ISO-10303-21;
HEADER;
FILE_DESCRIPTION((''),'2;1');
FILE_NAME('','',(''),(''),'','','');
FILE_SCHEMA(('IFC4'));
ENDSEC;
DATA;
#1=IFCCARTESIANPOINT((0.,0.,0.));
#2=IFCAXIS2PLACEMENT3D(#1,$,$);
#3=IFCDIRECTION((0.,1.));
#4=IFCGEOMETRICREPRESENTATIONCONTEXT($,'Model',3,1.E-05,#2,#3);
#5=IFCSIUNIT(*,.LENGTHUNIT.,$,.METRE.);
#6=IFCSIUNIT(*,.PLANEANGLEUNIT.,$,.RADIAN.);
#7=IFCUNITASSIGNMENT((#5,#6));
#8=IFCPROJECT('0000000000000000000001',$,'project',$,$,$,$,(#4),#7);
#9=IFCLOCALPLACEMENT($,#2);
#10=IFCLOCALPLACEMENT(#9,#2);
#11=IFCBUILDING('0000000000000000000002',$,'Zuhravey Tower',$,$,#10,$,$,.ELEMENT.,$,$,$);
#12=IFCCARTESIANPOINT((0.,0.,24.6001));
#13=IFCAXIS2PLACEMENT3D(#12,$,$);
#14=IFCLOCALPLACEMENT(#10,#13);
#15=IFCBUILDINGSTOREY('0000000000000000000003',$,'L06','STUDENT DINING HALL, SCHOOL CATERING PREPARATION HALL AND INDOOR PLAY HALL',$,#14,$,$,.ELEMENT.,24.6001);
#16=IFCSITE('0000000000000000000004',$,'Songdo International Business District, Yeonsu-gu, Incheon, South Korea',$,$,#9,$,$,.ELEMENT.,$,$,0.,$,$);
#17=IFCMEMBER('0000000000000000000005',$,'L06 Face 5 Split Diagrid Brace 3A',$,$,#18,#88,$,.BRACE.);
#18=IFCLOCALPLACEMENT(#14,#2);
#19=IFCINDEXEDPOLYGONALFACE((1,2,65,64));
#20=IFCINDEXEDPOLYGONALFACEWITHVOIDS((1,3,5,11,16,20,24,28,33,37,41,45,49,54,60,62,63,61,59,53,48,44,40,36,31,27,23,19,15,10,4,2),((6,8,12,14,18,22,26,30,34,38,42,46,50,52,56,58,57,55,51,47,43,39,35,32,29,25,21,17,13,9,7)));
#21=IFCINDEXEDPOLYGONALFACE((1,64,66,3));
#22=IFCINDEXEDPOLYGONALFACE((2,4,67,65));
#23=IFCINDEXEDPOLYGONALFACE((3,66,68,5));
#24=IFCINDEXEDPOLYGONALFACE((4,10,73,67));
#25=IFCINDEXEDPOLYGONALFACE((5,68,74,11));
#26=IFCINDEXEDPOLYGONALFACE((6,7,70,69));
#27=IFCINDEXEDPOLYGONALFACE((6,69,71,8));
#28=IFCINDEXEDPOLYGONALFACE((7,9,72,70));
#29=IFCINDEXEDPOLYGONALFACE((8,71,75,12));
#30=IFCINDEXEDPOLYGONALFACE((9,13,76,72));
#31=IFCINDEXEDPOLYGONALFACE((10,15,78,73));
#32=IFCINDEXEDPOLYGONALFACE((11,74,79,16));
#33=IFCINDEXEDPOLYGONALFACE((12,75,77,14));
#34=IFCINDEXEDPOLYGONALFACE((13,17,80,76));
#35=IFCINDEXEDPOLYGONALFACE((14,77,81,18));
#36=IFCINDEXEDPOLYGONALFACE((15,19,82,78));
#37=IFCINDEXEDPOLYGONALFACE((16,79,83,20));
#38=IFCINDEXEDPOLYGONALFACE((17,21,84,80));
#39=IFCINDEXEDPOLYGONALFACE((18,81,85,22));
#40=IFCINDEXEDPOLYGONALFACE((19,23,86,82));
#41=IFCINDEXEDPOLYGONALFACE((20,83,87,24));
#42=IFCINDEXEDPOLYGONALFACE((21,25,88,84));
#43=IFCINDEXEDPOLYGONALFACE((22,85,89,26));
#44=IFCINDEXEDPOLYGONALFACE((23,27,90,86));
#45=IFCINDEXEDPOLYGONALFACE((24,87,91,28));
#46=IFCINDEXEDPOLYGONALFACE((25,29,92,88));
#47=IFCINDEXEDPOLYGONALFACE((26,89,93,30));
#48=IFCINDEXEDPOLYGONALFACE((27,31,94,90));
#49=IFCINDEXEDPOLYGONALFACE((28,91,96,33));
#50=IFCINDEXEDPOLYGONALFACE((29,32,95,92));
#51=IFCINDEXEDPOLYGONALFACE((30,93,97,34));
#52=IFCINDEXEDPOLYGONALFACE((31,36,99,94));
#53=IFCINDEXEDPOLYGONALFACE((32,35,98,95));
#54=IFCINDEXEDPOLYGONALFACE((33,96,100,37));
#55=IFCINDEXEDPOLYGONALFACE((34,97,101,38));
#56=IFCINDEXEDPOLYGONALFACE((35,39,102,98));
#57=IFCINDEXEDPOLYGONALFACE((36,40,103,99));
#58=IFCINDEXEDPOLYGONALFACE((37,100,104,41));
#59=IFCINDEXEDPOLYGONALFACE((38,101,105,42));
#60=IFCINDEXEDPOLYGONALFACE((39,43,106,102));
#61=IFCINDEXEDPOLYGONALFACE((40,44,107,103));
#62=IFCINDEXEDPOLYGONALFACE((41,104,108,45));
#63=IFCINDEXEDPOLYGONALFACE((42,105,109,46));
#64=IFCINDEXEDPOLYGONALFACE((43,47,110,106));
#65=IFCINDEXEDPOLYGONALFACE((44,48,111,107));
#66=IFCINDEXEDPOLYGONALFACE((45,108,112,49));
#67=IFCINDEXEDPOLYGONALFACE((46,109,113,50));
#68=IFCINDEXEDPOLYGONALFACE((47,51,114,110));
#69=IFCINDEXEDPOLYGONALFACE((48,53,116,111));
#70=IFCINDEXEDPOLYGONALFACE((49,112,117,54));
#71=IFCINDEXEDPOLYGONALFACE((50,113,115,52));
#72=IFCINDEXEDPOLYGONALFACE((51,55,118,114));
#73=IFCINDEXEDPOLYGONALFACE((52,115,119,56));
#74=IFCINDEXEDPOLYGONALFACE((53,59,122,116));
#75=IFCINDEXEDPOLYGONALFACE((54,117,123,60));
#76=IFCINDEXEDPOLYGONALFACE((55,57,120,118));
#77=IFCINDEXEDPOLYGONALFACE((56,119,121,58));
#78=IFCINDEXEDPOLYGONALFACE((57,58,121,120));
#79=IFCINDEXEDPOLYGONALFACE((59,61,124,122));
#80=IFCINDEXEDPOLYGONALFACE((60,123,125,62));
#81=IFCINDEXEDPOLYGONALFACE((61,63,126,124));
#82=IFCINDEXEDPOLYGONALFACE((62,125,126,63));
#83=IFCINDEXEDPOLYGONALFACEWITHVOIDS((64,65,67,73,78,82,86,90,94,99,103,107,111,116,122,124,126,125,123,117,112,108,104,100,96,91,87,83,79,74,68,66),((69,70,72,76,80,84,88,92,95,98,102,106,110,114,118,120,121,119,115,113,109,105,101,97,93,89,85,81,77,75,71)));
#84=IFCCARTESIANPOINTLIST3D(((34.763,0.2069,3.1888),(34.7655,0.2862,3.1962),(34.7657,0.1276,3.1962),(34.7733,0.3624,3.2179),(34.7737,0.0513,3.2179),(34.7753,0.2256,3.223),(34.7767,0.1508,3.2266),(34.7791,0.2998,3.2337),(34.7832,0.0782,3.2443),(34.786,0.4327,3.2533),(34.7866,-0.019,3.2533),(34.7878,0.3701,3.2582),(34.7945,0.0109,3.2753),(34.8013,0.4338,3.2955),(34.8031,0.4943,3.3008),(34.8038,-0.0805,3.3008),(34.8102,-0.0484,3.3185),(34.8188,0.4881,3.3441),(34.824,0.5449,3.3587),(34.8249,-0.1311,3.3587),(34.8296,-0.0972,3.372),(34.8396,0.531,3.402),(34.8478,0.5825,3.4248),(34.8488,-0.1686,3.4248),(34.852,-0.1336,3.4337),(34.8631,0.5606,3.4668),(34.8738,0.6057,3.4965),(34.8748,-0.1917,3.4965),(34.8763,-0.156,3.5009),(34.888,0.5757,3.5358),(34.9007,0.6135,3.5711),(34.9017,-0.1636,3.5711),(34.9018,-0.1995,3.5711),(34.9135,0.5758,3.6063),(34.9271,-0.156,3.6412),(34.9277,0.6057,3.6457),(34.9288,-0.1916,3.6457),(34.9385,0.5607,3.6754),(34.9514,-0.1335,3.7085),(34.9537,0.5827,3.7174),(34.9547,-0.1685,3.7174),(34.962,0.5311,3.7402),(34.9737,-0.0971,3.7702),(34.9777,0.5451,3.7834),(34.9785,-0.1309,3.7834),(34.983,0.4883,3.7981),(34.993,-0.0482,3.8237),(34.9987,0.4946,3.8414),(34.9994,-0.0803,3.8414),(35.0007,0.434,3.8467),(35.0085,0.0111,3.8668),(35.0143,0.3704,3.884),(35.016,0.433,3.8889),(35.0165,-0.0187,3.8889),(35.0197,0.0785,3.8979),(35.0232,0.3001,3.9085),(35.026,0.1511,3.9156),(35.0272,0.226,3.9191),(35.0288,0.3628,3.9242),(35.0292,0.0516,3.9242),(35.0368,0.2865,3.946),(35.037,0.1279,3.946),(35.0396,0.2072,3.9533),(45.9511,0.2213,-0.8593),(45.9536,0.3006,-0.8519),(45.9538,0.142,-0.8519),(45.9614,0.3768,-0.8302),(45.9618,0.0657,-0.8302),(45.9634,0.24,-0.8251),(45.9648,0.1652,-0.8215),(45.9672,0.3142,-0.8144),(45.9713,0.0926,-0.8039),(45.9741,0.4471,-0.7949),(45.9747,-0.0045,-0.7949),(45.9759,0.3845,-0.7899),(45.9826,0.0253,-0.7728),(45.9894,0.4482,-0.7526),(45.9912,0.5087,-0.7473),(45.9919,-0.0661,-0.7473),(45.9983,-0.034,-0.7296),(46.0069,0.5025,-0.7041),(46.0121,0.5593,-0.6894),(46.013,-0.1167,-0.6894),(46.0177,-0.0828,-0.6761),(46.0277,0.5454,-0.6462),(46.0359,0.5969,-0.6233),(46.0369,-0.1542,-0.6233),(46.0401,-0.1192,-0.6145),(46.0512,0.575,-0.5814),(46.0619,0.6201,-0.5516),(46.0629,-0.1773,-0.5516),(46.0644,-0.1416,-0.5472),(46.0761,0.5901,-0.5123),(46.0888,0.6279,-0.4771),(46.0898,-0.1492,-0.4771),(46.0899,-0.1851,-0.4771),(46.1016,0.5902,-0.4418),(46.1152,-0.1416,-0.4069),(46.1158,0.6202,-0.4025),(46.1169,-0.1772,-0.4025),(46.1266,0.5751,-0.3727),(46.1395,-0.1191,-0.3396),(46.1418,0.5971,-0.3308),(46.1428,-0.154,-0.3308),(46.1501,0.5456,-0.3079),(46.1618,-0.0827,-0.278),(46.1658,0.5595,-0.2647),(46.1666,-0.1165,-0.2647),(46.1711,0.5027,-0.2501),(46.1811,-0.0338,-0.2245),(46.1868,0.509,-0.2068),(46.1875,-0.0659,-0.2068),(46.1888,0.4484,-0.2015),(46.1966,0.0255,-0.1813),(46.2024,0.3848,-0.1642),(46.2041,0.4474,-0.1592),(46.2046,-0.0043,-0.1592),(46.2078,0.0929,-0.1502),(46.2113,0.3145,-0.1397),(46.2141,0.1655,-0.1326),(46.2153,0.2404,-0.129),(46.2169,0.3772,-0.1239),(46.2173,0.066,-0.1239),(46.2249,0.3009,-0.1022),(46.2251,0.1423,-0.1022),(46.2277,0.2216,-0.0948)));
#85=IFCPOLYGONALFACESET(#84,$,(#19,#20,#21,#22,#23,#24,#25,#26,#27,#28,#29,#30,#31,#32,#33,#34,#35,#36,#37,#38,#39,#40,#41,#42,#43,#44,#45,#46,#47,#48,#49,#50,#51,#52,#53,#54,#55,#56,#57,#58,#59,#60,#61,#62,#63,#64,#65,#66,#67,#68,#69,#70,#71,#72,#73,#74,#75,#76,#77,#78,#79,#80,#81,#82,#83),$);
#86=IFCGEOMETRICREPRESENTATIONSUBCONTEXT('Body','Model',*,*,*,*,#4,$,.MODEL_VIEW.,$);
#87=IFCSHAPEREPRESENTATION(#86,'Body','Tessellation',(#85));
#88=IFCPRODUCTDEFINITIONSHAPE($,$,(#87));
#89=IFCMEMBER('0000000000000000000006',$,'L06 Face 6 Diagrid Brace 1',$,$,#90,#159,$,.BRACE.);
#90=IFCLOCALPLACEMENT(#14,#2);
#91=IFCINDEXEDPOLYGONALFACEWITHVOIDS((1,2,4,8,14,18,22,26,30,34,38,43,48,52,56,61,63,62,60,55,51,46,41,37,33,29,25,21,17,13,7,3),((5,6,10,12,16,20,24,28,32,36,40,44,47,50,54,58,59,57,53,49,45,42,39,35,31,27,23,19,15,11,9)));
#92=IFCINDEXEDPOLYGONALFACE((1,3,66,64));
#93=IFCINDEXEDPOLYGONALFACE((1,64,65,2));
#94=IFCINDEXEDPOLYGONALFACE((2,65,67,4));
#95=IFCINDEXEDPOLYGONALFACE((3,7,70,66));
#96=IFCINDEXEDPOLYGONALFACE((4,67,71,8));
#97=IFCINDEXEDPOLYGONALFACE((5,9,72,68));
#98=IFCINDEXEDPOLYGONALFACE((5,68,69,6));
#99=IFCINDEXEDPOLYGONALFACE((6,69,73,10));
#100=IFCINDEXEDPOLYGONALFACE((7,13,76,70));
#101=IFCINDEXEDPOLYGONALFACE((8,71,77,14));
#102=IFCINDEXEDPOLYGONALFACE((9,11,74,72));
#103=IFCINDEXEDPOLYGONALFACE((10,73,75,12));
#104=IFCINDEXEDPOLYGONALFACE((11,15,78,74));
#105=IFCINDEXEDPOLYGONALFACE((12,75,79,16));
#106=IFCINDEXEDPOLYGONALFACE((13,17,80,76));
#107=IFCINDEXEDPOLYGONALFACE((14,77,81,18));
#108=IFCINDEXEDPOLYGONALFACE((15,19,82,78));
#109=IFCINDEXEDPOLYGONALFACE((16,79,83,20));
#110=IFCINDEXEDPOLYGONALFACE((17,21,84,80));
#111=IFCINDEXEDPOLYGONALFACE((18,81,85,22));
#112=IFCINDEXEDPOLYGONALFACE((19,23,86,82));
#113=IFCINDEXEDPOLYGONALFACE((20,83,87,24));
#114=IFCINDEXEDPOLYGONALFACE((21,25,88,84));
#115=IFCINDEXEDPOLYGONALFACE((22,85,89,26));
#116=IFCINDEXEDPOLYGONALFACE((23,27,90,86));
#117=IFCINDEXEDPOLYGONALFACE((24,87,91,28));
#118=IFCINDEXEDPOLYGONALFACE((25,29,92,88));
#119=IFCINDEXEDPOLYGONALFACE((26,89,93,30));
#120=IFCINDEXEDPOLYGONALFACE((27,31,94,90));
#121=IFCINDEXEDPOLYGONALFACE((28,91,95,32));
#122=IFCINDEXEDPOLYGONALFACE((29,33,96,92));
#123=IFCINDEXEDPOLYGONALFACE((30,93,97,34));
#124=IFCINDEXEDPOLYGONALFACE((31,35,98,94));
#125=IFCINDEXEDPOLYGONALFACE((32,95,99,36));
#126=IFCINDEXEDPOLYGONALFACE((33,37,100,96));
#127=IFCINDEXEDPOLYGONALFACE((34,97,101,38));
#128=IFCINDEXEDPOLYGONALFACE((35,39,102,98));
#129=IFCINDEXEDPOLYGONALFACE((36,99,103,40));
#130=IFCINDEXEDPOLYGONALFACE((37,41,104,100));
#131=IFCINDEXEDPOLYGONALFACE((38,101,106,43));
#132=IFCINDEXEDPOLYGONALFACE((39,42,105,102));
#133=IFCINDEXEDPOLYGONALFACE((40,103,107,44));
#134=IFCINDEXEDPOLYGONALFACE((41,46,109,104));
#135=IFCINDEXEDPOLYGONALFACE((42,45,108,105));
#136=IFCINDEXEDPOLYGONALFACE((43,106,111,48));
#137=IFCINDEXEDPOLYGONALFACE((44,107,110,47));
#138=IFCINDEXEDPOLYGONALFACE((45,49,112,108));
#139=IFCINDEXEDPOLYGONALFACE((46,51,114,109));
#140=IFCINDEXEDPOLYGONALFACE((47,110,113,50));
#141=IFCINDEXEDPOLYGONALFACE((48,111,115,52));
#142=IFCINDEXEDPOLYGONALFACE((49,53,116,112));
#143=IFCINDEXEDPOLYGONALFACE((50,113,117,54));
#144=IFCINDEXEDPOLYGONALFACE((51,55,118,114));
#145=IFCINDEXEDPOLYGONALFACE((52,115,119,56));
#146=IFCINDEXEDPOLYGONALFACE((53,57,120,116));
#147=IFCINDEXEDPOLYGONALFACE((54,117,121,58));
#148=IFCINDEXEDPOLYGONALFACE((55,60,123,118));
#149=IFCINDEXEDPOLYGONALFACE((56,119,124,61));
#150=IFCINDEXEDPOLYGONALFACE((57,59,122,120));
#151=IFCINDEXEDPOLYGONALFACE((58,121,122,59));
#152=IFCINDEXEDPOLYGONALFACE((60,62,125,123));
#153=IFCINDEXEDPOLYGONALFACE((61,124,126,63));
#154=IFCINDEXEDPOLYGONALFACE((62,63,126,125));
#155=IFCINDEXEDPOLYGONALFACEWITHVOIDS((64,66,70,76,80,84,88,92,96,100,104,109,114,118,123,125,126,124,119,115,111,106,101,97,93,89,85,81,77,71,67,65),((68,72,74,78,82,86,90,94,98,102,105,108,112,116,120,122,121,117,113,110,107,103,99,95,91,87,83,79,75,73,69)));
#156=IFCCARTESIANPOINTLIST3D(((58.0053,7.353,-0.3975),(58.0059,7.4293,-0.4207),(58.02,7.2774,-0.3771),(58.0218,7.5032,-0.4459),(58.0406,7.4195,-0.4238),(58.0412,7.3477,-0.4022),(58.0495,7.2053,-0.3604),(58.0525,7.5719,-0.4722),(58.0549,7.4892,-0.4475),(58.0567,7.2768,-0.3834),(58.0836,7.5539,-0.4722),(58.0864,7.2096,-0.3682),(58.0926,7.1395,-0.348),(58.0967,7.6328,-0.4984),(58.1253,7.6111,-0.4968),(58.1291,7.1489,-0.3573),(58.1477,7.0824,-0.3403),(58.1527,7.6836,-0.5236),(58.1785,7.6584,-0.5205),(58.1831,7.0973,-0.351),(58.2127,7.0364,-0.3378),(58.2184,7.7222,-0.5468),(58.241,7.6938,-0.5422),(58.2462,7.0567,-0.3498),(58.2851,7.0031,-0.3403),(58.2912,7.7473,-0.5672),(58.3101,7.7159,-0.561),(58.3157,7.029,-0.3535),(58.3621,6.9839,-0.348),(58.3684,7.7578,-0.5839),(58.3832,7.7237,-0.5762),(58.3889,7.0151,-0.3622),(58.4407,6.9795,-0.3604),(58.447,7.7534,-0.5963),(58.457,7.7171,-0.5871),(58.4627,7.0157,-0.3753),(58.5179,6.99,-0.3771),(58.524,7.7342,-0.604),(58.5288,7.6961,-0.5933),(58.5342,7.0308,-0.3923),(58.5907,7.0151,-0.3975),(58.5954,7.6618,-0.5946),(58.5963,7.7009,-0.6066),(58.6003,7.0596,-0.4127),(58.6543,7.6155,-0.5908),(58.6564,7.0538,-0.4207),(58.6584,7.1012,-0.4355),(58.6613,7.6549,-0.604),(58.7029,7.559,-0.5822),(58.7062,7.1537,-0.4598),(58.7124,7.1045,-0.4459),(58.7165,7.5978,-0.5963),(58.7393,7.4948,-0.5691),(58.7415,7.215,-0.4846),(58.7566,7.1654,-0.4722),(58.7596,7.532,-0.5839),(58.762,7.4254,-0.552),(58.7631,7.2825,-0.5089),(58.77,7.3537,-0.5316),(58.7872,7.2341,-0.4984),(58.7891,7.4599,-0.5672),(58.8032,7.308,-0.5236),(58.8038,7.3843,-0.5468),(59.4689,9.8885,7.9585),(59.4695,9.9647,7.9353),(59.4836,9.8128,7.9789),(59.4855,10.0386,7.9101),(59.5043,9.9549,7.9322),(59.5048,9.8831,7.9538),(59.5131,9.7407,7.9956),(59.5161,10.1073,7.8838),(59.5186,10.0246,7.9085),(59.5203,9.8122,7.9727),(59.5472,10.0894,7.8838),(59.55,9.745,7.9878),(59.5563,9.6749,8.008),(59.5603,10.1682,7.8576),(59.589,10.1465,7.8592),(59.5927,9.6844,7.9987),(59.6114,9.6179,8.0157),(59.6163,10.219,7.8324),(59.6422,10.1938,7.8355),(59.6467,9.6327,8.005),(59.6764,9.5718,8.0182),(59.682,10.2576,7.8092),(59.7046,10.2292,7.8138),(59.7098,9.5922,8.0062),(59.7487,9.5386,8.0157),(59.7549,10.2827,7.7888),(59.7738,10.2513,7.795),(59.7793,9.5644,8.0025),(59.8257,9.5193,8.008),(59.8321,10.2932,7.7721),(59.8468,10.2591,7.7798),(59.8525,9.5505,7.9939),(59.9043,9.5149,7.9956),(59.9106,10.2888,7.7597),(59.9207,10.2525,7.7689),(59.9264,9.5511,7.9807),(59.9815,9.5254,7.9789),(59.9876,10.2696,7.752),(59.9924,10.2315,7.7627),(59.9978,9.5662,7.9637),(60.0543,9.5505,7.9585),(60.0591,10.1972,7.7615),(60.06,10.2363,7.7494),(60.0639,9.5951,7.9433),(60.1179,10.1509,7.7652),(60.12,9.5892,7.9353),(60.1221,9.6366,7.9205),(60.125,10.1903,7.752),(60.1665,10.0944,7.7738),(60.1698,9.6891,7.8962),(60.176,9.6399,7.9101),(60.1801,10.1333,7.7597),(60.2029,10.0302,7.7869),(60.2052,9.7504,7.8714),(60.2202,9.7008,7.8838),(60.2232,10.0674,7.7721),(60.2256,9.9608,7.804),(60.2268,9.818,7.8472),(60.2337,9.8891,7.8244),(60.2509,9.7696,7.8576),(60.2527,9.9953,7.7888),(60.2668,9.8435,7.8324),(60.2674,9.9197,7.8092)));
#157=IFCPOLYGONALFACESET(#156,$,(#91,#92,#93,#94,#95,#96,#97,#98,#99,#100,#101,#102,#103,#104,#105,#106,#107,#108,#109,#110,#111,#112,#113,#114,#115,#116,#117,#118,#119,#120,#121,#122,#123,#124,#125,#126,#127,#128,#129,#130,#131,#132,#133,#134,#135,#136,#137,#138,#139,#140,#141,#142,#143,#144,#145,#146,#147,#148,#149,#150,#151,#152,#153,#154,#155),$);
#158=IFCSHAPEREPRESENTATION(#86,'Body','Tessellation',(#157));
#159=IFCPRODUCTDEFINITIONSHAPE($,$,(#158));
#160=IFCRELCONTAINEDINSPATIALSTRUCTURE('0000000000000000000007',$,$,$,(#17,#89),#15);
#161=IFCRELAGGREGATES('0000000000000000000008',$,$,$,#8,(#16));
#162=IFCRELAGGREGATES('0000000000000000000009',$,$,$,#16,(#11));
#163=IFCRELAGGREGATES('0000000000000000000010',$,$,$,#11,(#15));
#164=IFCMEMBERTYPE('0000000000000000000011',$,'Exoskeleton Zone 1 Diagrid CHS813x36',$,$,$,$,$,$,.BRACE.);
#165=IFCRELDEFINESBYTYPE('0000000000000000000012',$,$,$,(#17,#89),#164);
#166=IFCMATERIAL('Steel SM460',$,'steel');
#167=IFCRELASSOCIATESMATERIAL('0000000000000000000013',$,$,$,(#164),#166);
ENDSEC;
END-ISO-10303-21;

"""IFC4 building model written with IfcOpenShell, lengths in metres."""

from ifc_helpers import new_model, si_unit, direction, frame, origin, origin_2d, place, context, subcontext, project, spatial, hollow_circle, extrude, material, material_profile, profile_set, type_object, element, save


model = new_model("IFC4")

# Units and contexts
model_context = context("Model", 3, precision=1e-05, world=origin(), true_north=direction((0.0, 1.0)))
body_context = subcontext(model_context, "Body", "Model", "MODEL_VIEW")
ifc_project = project(units=[si_unit("LENGTHUNIT", "METRE"), si_unit("PLANEANGLEUNIT", "RADIAN")], contexts=[model_context])

# Site, building, storey
site_placement = place(None, origin())
site = spatial("IfcSite", under=ifc_project, at=site_placement, Name="Songdo International Business District, Yeonsu-gu, Incheon, South Korea", CompositionType="ELEMENT", RefElevation=0.0)
building_placement = place(site_placement, origin())
building = spatial("IfcBuilding", under=site, at=building_placement, Name="Zuhravey Tower", CompositionType="ELEMENT")
storey_placement = place(building_placement, frame((0.0, 0.0, 24.6001)))
storey = spatial("IfcBuildingStorey", under=building, at=storey_placement, Name="L06", Description="STUDENT DINING HALL, SCHOOL CATERING PREPARATION HALL AND INDOOR PLAY HALL", CompositionType="ELEMENT", Elevation=24.6001)

# Members
ifc_material_1 = material(Name="Steel SM460", Category="steel")
ifc_material_profile_1 = material_profile(ifc_material_1, hollow_circle(Radius=0.4065, WallThickness=0.0359, at=origin_2d()), Name="CHS-812.8x36")
ifc_profile_set_1 = profile_set([ifc_material_profile_1], Name="Steel SM460")
member_type_1 = type_object("IfcMemberType", Name="Exoskeleton Zone 1 Diagrid CHS813x36", PredefinedType="BRACE", material=ifc_profile_set_1)
member_1_placement = place(storey_placement, frame((46.0894, 0.2214, -0.4771), z_axis=(-0.940339, -0.001211, 0.340238), x_axis=(0.001287, -0.999999, 0.0)))
element("IfcMember", 1, at=member_1_placement, inside=storey, type_object=member_type_1, Name="L06 Face 5 Split Diagrid Brace 3A", PredefinedType="BRACE", context=body_context, shape_type="SweptSolid", body=[
    extrude(hollow_circle(Radius=0.4065, WallThickness=0.0359, at=origin_2d()), origin(), (0.0, 0.0, 1.0), 11.8979),
])
member_2_placement = place(storey_placement, frame((58.4045, 7.3687, -0.4722), z_axis=(0.165307, 0.286358, 0.943755), x_axis=(-0.866054, 0.499951, 0.0)))
element("IfcMember", 2, at=member_2_placement, inside=storey, type_object=member_type_1, Name="L06 Face 6 Diagrid Brace 1", PredefinedType="BRACE", context=body_context, shape_type="SweptSolid", body=[
    extrude(hollow_circle(Radius=0.4065, WallThickness=0.0359, at=origin_2d()), origin(), (0.0, 0.0, 1.0), 8.854),
])

save(model, "model.ifc")
